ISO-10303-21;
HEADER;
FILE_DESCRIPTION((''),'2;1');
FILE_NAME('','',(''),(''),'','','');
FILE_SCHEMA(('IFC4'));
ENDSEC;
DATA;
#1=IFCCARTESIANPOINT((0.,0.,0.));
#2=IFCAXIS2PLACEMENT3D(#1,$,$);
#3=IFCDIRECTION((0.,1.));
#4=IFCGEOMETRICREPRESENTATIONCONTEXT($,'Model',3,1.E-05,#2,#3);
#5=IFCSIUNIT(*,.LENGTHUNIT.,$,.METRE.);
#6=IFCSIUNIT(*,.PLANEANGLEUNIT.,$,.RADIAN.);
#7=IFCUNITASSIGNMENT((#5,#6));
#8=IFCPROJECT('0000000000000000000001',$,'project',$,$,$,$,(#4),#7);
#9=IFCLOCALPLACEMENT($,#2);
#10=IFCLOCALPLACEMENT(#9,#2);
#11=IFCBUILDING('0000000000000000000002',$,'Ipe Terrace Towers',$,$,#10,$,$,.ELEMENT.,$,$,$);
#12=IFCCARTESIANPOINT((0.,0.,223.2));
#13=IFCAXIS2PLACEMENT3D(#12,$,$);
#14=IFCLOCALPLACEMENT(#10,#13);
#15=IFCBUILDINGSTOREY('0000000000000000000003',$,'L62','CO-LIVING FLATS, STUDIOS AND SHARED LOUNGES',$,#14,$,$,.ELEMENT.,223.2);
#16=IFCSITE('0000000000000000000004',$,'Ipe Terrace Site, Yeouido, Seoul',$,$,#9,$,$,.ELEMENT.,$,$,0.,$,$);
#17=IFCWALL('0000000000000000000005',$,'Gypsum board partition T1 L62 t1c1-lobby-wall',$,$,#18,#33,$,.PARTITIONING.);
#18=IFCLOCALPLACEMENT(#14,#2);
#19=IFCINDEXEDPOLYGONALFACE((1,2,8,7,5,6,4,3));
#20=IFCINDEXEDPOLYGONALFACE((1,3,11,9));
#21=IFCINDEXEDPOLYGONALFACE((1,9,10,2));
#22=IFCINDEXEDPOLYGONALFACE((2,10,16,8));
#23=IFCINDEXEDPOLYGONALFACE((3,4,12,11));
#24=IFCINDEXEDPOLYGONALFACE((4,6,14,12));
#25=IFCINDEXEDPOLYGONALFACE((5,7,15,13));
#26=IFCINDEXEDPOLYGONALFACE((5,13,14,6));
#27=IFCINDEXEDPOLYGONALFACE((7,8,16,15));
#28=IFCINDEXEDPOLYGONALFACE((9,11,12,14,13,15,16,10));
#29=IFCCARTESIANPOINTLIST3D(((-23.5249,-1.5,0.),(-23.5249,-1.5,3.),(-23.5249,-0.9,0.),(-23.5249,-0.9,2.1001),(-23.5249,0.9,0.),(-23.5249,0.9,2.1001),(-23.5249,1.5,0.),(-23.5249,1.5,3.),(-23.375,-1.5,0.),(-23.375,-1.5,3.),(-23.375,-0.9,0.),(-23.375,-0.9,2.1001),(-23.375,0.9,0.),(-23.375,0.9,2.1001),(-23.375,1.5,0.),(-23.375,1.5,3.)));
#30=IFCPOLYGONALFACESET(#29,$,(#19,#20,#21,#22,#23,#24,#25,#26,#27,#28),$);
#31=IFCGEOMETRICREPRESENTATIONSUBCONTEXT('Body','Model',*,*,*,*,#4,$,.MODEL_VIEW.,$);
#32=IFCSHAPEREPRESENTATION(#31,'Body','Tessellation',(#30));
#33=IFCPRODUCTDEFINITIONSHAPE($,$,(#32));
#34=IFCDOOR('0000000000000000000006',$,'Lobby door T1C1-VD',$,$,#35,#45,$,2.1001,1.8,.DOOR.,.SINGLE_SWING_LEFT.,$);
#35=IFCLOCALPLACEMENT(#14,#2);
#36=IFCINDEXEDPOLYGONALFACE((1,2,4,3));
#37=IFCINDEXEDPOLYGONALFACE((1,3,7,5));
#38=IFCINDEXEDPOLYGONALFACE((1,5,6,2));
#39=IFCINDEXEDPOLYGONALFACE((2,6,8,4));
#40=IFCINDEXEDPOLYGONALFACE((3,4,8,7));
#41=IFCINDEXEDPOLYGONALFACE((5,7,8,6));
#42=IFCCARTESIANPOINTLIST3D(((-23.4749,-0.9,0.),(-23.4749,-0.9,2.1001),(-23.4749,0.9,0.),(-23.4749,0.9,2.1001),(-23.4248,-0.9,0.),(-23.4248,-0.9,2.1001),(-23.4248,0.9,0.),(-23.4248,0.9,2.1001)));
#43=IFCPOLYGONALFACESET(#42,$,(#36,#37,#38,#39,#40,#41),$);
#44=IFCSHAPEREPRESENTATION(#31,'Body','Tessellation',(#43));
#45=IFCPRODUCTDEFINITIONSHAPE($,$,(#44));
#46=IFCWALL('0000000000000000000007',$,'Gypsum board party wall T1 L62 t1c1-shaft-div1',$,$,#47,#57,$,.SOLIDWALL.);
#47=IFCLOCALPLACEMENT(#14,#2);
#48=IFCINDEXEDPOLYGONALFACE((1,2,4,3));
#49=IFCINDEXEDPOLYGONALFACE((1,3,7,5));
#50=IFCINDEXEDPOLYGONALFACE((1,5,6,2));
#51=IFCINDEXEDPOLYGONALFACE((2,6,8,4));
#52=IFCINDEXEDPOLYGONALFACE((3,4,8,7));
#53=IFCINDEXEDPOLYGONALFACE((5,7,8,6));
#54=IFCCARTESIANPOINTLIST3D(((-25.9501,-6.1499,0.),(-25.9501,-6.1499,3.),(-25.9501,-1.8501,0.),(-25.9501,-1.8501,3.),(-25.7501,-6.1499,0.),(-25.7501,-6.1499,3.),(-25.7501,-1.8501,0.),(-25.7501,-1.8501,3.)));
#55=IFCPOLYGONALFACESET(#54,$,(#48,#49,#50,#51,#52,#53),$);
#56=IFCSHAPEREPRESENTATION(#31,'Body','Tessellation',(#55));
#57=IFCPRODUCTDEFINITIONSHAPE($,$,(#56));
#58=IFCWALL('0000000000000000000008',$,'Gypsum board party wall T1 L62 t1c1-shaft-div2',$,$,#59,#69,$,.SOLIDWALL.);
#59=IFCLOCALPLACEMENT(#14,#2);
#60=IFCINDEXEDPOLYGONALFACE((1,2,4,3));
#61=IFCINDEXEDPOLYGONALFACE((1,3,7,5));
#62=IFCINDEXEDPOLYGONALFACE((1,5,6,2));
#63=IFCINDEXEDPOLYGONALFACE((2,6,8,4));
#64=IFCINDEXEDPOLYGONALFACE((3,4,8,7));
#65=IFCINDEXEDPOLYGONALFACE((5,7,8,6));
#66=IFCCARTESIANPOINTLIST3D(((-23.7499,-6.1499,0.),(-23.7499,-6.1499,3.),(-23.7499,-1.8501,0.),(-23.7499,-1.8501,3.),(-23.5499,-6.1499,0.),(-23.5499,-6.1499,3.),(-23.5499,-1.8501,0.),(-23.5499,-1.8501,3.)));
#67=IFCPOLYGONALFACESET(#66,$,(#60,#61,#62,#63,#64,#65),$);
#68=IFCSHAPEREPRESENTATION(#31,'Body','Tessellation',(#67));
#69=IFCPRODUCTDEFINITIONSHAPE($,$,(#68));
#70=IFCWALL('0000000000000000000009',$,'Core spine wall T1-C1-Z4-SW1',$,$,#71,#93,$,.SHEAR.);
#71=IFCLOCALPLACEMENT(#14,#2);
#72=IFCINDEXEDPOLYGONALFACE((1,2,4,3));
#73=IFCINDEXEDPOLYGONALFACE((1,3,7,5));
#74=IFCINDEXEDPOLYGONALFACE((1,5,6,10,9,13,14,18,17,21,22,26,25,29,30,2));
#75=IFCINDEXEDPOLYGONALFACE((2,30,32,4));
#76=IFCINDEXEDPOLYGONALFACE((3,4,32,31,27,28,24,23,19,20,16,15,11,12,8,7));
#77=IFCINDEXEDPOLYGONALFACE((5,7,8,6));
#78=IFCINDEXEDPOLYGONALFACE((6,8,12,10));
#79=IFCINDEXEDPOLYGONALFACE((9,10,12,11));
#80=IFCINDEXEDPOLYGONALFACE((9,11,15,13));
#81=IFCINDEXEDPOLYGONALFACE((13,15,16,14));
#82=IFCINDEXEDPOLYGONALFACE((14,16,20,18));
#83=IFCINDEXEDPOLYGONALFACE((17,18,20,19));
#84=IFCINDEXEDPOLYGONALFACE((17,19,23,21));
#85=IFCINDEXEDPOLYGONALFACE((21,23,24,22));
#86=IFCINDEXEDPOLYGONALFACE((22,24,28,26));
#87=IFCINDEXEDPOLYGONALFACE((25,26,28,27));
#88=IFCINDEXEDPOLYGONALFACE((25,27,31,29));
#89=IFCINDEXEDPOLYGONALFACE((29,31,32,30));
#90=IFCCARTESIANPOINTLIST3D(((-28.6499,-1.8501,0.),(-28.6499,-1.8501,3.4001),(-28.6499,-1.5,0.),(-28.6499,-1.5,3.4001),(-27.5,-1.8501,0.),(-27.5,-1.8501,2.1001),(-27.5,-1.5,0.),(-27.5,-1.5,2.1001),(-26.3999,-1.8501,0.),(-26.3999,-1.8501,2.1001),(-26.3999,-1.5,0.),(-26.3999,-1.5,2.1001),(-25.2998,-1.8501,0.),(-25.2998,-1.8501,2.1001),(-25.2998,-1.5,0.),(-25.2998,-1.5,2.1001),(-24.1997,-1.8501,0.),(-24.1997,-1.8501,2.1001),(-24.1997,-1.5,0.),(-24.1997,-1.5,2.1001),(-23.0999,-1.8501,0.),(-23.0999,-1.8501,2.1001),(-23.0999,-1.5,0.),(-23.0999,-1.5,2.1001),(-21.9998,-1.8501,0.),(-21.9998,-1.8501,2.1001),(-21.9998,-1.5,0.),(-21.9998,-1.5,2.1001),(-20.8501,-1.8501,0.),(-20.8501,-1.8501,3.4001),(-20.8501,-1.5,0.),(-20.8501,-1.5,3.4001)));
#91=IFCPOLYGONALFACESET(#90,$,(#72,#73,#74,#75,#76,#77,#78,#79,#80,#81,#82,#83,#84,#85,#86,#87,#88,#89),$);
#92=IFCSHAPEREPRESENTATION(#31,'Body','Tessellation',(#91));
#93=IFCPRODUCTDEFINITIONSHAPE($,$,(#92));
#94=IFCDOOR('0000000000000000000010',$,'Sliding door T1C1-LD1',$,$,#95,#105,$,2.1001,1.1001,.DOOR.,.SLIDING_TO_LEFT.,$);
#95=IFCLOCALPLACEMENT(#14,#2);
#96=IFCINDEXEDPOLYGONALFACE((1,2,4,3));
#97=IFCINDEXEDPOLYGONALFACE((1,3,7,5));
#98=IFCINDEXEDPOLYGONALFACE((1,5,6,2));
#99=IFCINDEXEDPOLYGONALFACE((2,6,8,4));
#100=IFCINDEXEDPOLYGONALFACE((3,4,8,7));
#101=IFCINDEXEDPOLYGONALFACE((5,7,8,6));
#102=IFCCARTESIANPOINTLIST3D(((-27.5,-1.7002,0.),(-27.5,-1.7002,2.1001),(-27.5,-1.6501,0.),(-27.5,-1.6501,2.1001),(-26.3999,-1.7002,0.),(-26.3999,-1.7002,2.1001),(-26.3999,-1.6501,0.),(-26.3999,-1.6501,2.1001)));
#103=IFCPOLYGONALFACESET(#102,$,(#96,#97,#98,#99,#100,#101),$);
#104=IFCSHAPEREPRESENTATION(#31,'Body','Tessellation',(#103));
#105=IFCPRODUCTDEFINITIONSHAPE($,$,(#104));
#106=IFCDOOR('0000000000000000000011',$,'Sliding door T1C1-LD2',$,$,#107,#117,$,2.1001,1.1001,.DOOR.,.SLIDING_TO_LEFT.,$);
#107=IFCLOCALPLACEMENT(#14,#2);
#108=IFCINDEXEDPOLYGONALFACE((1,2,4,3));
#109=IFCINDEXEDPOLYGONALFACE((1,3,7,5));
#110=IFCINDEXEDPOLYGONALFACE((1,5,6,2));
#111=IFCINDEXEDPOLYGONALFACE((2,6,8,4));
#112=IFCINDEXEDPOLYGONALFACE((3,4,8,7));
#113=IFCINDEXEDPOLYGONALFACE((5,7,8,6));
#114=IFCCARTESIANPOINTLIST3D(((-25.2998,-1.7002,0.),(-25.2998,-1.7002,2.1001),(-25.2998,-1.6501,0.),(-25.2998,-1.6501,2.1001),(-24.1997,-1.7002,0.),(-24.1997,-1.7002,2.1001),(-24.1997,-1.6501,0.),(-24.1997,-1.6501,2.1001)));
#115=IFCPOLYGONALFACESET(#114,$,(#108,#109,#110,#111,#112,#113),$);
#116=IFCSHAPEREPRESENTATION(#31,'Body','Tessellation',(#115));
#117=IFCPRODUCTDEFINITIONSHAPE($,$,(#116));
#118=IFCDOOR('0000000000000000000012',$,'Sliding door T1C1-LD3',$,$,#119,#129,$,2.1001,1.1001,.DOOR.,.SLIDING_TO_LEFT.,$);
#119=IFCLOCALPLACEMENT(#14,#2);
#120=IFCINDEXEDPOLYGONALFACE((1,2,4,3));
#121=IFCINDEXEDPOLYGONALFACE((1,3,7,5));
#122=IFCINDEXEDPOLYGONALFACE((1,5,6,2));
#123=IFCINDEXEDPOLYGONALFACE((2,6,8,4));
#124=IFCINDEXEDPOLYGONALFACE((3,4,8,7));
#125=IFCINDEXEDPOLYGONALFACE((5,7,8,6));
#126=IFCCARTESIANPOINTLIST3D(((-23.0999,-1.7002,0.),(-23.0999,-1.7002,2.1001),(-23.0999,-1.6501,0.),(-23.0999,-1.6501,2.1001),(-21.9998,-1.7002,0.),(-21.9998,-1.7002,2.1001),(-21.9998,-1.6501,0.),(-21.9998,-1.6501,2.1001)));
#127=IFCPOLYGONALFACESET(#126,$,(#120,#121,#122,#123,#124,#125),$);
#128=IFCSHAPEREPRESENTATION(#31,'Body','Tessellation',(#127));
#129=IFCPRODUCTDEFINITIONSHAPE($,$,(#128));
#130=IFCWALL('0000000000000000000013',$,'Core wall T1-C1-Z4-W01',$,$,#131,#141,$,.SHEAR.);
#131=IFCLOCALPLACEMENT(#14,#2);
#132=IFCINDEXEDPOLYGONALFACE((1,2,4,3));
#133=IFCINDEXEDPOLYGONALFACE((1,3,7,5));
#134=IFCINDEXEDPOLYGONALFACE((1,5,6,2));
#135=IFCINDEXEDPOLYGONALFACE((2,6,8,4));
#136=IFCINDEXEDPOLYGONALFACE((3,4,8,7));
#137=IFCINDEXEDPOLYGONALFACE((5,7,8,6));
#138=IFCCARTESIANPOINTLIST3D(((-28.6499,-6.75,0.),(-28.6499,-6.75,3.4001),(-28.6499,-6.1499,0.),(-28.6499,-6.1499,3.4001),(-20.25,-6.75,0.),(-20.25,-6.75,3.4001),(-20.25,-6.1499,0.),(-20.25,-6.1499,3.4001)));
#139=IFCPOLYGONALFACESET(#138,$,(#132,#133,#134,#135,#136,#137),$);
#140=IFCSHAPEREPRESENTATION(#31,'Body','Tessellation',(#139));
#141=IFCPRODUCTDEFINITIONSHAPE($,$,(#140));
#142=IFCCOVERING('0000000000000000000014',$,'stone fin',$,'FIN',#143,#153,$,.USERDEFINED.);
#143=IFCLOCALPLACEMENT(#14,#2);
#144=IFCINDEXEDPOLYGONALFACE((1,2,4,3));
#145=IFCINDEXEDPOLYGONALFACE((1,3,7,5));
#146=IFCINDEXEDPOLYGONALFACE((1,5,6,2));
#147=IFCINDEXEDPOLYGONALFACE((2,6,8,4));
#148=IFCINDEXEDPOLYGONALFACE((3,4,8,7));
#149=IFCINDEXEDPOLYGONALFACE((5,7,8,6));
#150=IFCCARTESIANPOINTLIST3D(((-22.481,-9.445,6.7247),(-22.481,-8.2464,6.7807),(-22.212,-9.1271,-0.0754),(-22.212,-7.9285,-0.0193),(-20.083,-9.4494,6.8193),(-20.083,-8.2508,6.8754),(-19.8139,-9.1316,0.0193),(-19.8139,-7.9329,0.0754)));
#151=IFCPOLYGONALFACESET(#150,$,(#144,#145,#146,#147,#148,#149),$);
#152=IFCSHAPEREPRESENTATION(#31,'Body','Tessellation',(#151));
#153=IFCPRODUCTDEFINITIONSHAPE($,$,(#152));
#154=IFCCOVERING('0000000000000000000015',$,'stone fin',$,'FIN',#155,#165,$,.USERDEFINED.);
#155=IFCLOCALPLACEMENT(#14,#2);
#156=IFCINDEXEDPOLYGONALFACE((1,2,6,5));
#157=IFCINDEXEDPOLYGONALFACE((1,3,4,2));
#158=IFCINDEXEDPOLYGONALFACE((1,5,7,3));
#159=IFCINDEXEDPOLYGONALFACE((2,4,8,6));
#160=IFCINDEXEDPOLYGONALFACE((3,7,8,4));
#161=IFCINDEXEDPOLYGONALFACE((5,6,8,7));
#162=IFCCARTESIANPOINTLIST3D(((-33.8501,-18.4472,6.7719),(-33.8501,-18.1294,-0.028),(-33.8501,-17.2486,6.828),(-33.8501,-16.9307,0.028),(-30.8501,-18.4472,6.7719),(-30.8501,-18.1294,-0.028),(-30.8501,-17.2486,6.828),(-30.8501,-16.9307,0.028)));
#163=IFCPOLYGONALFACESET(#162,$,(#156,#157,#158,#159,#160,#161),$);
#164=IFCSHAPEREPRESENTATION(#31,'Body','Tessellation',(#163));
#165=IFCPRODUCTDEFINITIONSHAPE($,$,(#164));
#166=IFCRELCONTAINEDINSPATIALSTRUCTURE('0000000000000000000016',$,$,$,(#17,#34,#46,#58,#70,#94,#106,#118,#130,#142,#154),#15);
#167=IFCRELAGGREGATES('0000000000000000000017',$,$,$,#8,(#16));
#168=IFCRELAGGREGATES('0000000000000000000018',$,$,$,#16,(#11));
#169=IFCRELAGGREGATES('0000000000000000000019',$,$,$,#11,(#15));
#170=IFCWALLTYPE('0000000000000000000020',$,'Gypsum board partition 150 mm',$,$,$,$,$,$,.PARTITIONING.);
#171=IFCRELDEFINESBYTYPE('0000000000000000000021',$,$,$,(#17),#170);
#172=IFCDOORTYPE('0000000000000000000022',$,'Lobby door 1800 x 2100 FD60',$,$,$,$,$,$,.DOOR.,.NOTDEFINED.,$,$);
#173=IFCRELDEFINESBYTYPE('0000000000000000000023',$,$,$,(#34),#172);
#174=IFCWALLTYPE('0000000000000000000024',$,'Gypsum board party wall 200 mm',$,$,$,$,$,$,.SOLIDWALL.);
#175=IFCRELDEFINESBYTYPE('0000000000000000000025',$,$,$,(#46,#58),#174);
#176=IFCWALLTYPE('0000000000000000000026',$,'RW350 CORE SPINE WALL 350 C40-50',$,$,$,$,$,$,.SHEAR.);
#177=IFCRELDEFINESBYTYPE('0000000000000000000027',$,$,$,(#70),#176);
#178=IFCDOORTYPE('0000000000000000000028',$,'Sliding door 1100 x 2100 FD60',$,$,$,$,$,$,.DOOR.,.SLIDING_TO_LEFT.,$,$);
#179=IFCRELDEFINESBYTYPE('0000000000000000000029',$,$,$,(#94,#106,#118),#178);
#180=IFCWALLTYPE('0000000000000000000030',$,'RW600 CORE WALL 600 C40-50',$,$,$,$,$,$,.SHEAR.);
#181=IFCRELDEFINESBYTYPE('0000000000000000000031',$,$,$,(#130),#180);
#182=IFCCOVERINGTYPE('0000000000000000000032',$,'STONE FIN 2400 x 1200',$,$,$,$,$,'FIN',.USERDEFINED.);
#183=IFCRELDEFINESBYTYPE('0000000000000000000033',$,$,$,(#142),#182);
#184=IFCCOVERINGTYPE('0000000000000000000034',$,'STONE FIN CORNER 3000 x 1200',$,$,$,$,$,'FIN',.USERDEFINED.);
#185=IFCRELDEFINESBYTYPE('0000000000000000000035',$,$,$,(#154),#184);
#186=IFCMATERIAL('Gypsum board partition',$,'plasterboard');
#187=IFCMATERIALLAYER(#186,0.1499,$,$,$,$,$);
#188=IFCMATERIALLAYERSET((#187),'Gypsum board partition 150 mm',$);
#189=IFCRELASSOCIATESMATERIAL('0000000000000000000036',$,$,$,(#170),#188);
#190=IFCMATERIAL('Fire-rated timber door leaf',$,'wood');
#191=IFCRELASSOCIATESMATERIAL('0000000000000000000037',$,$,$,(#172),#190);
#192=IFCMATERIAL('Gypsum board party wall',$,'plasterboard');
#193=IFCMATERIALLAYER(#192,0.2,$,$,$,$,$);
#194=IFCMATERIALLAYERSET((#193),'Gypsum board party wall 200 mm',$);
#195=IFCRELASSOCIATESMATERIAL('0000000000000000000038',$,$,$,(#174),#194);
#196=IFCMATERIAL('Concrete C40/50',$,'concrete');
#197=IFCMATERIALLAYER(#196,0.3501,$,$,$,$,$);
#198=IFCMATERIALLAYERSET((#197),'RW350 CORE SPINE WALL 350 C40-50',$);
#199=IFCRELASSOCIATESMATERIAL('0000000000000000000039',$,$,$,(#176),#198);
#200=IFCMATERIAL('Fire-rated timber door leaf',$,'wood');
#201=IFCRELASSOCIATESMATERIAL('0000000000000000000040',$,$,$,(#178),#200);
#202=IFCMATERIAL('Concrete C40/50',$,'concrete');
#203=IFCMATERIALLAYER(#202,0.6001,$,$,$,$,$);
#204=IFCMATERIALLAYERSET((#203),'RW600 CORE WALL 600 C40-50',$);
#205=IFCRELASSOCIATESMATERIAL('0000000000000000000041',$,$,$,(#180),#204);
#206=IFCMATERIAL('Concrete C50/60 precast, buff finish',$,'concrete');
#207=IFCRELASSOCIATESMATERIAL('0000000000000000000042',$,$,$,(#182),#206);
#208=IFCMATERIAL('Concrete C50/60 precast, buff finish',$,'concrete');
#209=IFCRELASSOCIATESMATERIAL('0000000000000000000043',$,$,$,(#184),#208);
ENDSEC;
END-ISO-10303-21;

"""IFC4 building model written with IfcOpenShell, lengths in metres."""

from ifc_helpers import new_model, si_unit, direction, frame, frame_2d, origin, origin_2d, place, context, subcontext, project, spatial, rectangle, extrude, material, layer, layer_set, material_profile, profile_set, type_object, element, fill, save


model = new_model("IFC4")

# Units and contexts
model_context = context("Model", 3, precision=1e-05, world=origin(), true_north=direction((0.0, 1.0)))
body_context = subcontext(model_context, "Body", "Model", "MODEL_VIEW")
ifc_project = project(units=[si_unit("LENGTHUNIT", "METRE"), si_unit("PLANEANGLEUNIT", "RADIAN")], contexts=[model_context])

# Site, building, storey
site_placement = place(None, origin())
site = spatial("IfcSite", under=ifc_project, at=site_placement, Name="Ipe Terrace Site, Yeouido, Seoul", CompositionType="ELEMENT", RefElevation=0.0)
building_placement = place(site_placement, origin())
building = spatial("IfcBuilding", under=site, at=building_placement, Name="Ipe Terrace Towers", CompositionType="ELEMENT")
storey_placement = place(building_placement, frame((0.0, 0.0, 223.2)))
storey = spatial("IfcBuildingStorey", under=building, at=storey_placement, Name="L62", Description="CO-LIVING FLATS, STUDIOS AND SHARED LOUNGES", CompositionType="ELEMENT", Elevation=223.2)

# Wall, opening, door
ifc_material_1 = material(Name="Gypsum board partition", Category="plasterboard")
ifc_layer_1 = layer(ifc_material_1, 0.1499)
ifc_layer_set_1 = layer_set([ifc_layer_1], Name="Gypsum board partition 150 mm")
wall_type_1 = type_object("IfcWallType", Name="Gypsum board partition 150 mm", PredefinedType="PARTITIONING", material=ifc_layer_set_1)
wall_1_placement = place(storey_placement, frame((-23.45, -1.5, 0.0), z_axis=(0.0, 0.0, 1.0), x_axis=(0.0, 1.0, 0.0)))
wall_1 = element("IfcWall", 1, at=wall_1_placement, inside=storey, type_object=wall_type_1, Name="Gypsum board partition T1 L62 t1c1-lobby-wall", PredefinedType="PARTITIONING", context=body_context, shape_type="SweptSolid", body=[
    extrude(rectangle(XDim=3.0, YDim=0.1499, at=frame_2d((1.5, 0.0))), origin(), (0.0, 0.0, 1.0), 3.0),
])
opening_1_placement = place(wall_1_placement, frame((0.6001, 0.0, 0.0)))
opening_1 = element("IfcOpeningElement", 2, at=opening_1_placement, cuts=wall_1, PredefinedType="OPENING", context=body_context, shape_type="SweptSolid", body=[
    extrude(rectangle(XDim=1.8, YDim=2.1001, at=frame_2d((0.8999, 1.05))), frame((0.0, 0.085, 0.0), z_axis=(0.0, -1.0, 0.0), x_axis=(1.0, 0.0, 0.0)), (0.0, 0.0, 1.0), 0.1699),
])
ifc_material_2 = material(Name="Fire-rated timber door leaf", Category="wood")
door_type_1 = type_object("IfcDoorType", Name="Lobby door 1800 x 2100 FD60", OperationType="NOTDEFINED", PredefinedType="DOOR", material=ifc_material_2)
door_1_placement = place(opening_1_placement, origin())
door_1 = element("IfcDoor", 3, at=door_1_placement, inside=storey, type_object=door_type_1, Name="Lobby door T1C1-VD", OperationType="SINGLE_SWING_LEFT", OverallHeight=2.1001, OverallWidth=1.8, PredefinedType="DOOR", context=body_context, shape_type="SweptSolid", body=[
    extrude(rectangle(XDim=1.8, YDim=2.1001, at=frame_2d((0.8999, 1.05))), frame((0.0, 0.0249, 0.0), z_axis=(0.0, -1.0, 0.0), x_axis=(1.0, 0.0, 0.0)), (0.0, 0.0, 1.0), 0.05),
])
fill(opening_1, door_1)

# Walls
ifc_material_3 = material(Name="Gypsum board party wall", Category="plasterboard")
ifc_layer_2 = layer(ifc_material_3, 0.2)
ifc_layer_set_2 = layer_set([ifc_layer_2], Name="Gypsum board party wall 200 mm")
wall_type_2 = type_object("IfcWallType", Name="Gypsum board party wall 200 mm", PredefinedType="SOLIDWALL", material=ifc_layer_set_2)
for number, where, z_axis, x_axis, name in (
    (4, (-25.8501, -6.1499, 0.0), (0.0, 0.0, 1.0), (0.0, 1.0, 0.0), "Gypsum board party wall T1 L62 t1c1-shaft-div1"),
    (5, (-23.6499, -6.1499, 0.0), (0.0, 0.0, 1.0), (0.0, 1.0, 0.0), "Gypsum board party wall T1 L62 t1c1-shaft-div2"),
):
    element("IfcWall", number, at=place(storey_placement, frame(where, z_axis=z_axis, x_axis=x_axis)), inside=storey, type_object=wall_type_2, Name=name, PredefinedType="SOLIDWALL", context=body_context, shape_type="SweptSolid", body=[
        extrude(rectangle(XDim=4.2998, YDim=0.2, at=frame_2d((2.1499, 0.0))), origin(), (0.0, 0.0, 1.0), 3.0),
    ])

# Wall, openings, doors
ifc_material_4 = material(Name="Concrete C40/50", Category="concrete")
ifc_layer_3 = layer(ifc_material_4, 0.3501)
ifc_layer_set_3 = layer_set([ifc_layer_3], Name="RW350 CORE SPINE WALL 350 C40-50")
wall_type_3 = type_object("IfcWallType", Name="RW350 CORE SPINE WALL 350 C40-50", PredefinedType="SHEAR", material=ifc_layer_set_3)
wall_2_placement = place(storey_placement, frame((-28.6499, -1.675, 0.0), z_axis=(0.0, 0.0, 1.0), x_axis=(1.0, 0.0, 0.0)))
wall_2 = element("IfcWall", 6, at=wall_2_placement, inside=storey, type_object=wall_type_3, Name="Core spine wall T1-C1-Z4-SW1", PredefinedType="SHEAR", context=body_context, shape_type="SweptSolid", body=[
    extrude(rectangle(XDim=7.7998, YDim=0.3501, at=frame_2d((3.8999, 0.0))), origin(), (0.0, 0.0, 1.0), 3.4001),
])
opening_2_placement = place(wall_2_placement, frame((1.1499, 0.0, 0.0)))
opening_2 = element("IfcOpeningElement", 7, at=opening_2_placement, cuts=wall_2, PredefinedType="OPENING", context=body_context, shape_type="SweptSolid", body=[
    extrude(rectangle(XDim=1.1001, YDim=2.1001, at=frame_2d((0.55, 1.05))), frame((0.0, 0.1851, 0.0), z_axis=(0.0, -1.0, 0.0), x_axis=(1.0, 0.0, 0.0)), (0.0, 0.0, 1.0), 0.3701),
])
opening_3_placement = place(wall_2_placement, frame((3.3501, 0.0, 0.0)))
opening_3 = element("IfcOpeningElement", 8, at=opening_3_placement, cuts=wall_2, PredefinedType="OPENING", context=body_context, shape_type="SweptSolid", body=[
    extrude(rectangle(XDim=1.1001, YDim=2.1001, at=frame_2d((0.55, 1.05))), frame((0.0, 0.1851, 0.0), z_axis=(0.0, -1.0, 0.0), x_axis=(1.0, 0.0, 0.0)), (0.0, 0.0, 1.0), 0.3701),
])
opening_4_placement = place(wall_2_placement, frame((5.55, 0.0, 0.0)))
opening_4 = element("IfcOpeningElement", 9, at=opening_4_placement, cuts=wall_2, PredefinedType="OPENING", context=body_context, shape_type="SweptSolid", body=[
    extrude(rectangle(XDim=1.1001, YDim=2.1001, at=frame_2d((0.55, 1.05))), frame((0.0, 0.1851, 0.0), z_axis=(0.0, -1.0, 0.0), x_axis=(1.0, 0.0, 0.0)), (0.0, 0.0, 1.0), 0.3701),
])
ifc_material_5 = material(Name="Fire-rated timber door leaf", Category="wood")
door_type_2 = type_object("IfcDoorType", Name="Sliding door 1100 x 2100 FD60", OperationType="SLIDING_TO_LEFT", PredefinedType="DOOR", material=ifc_material_5)
door_2_placement = place(opening_2_placement, origin())
door_2 = element("IfcDoor", 10, at=door_2_placement, inside=storey, type_object=door_type_2, Name="Sliding door T1C1-LD1", OperationType="SLIDING_TO_LEFT", OverallHeight=2.1001, OverallWidth=1.1001, PredefinedType="DOOR", context=body_context, shape_type="SweptSolid", body=[
    extrude(rectangle(XDim=1.1001, YDim=2.1001, at=frame_2d((0.55, 1.05))), frame((0.0, 0.0249, 0.0), z_axis=(0.0, -1.0, 0.0), x_axis=(1.0, 0.0, 0.0)), (0.0, 0.0, 1.0), 0.05),
])
fill(opening_2, door_2)
door_3_placement = place(opening_3_placement, origin())
door_3 = element("IfcDoor", 11, at=door_3_placement, inside=storey, type_object=door_type_2, Name="Sliding door T1C1-LD2", OperationType="SLIDING_TO_LEFT", OverallHeight=2.1001, OverallWidth=1.1001, PredefinedType="DOOR", context=body_context, shape_type="SweptSolid", body=[
    extrude(rectangle(XDim=1.1001, YDim=2.1001, at=frame_2d((0.55, 1.05))), frame((0.0, 0.0249, 0.0), z_axis=(0.0, -1.0, 0.0), x_axis=(1.0, 0.0, 0.0)), (0.0, 0.0, 1.0), 0.05),
])
fill(opening_3, door_3)
door_4_placement = place(opening_4_placement, origin())
door_4 = element("IfcDoor", 12, at=door_4_placement, inside=storey, type_object=door_type_2, Name="Sliding door T1C1-LD3", OperationType="SLIDING_TO_LEFT", OverallHeight=2.1001, OverallWidth=1.1001, PredefinedType="DOOR", context=body_context, shape_type="SweptSolid", body=[
    extrude(rectangle(XDim=1.1001, YDim=2.1001, at=frame_2d((0.55, 1.05))), frame((0.0, 0.0249, 0.0), z_axis=(0.0, -1.0, 0.0), x_axis=(1.0, 0.0, 0.0)), (0.0, 0.0, 1.0), 0.05),
])
fill(opening_4, door_4)

# Wall
ifc_material_6 = material(Name="Concrete C40/50", Category="concrete")
ifc_layer_4 = layer(ifc_material_6, 0.6001)
ifc_layer_set_4 = layer_set([ifc_layer_4], Name="RW600 CORE WALL 600 C40-50")
wall_type_4 = type_object("IfcWallType", Name="RW600 CORE WALL 600 C40-50", PredefinedType="SHEAR", material=ifc_layer_set_4)
wall_3_placement = place(storey_placement, frame((-28.6499, -6.45, 0.0), z_axis=(0.0, 0.0, 1.0), x_axis=(1.0, 0.0, 0.0)))
element("IfcWall", 13, at=wall_3_placement, inside=storey, type_object=wall_type_4, Name="Core wall T1-C1-Z4-W01", PredefinedType="SHEAR", context=body_context, shape_type="SweptSolid", body=[
    extrude(rectangle(XDim=8.3999, YDim=0.6001, at=frame_2d((4.2, 0.0))), origin(), (0.0, 0.0, 1.0), 3.4001),
])

# Coverings
ifc_material_7 = material(Name="Concrete C50/60 precast, buff finish", Category="concrete")
ifc_material_profile_1 = material_profile(ifc_material_7, rectangle(XDim=2.3999, YDim=1.2, at=origin_2d()), Name="STONE FIN 2400 x 1200")
ifc_profile_set_1 = profile_set([ifc_material_profile_1], Name="Concrete C50/60 precast, buff finish")
covering_type_1 = type_object("IfcCoveringType", Name="STONE FIN 2400 x 1200", ElementType="FIN", PredefinedType="USERDEFINED", material=ifc_profile_set_1)
covering_1_placement = place(storey_placement, frame((-21.0129, -8.53, 0.0), z_axis=(-0.039491, -0.046658, 0.99813), x_axis=(0.99922, -0.001844, 0.039448)))
element("IfcCovering", 14, at=covering_1_placement, inside=storey, type_object=covering_type_1, Name="stone fin", ObjectType="FIN", PredefinedType="USERDEFINED", context=body_context, shape_type="SweptSolid", body=[
    extrude(rectangle(XDim=2.3999, YDim=1.2, at=origin_2d()), origin(), (0.0, 0.0, 1.0), 6.8127),
])
ifc_material_8 = material(Name="Concrete C50/60 precast, buff finish", Category="concrete")
ifc_material_profile_2 = material_profile(ifc_material_8, rectangle(XDim=3.0, YDim=1.2, at=origin_2d()), Name="STONE FIN CORNER 3000 x 1200")
ifc_profile_set_2 = profile_set([ifc_material_profile_2], Name="Concrete C50/60 precast, buff finish")
covering_type_2 = type_object("IfcCoveringType", Name="STONE FIN CORNER 3000 x 1200", ElementType="FIN", PredefinedType="USERDEFINED", material=ifc_profile_set_2)
covering_2_placement = place(storey_placement, frame((-32.3501, -17.53, 0.0), z_axis=(0.0, -0.046694, 0.998909), x_axis=(1.0, 0.0, 0.0)))
element("IfcCovering", 15, at=covering_2_placement, inside=storey, type_object=covering_type_2, Name="stone fin", ObjectType="FIN", PredefinedType="USERDEFINED", context=body_context, shape_type="SweptSolid", body=[
    extrude(rectangle(XDim=3.0, YDim=1.2, at=origin_2d()), origin(), (0.0, 0.0, 1.0), 6.8074),
])

save(model, "model.ifc")
